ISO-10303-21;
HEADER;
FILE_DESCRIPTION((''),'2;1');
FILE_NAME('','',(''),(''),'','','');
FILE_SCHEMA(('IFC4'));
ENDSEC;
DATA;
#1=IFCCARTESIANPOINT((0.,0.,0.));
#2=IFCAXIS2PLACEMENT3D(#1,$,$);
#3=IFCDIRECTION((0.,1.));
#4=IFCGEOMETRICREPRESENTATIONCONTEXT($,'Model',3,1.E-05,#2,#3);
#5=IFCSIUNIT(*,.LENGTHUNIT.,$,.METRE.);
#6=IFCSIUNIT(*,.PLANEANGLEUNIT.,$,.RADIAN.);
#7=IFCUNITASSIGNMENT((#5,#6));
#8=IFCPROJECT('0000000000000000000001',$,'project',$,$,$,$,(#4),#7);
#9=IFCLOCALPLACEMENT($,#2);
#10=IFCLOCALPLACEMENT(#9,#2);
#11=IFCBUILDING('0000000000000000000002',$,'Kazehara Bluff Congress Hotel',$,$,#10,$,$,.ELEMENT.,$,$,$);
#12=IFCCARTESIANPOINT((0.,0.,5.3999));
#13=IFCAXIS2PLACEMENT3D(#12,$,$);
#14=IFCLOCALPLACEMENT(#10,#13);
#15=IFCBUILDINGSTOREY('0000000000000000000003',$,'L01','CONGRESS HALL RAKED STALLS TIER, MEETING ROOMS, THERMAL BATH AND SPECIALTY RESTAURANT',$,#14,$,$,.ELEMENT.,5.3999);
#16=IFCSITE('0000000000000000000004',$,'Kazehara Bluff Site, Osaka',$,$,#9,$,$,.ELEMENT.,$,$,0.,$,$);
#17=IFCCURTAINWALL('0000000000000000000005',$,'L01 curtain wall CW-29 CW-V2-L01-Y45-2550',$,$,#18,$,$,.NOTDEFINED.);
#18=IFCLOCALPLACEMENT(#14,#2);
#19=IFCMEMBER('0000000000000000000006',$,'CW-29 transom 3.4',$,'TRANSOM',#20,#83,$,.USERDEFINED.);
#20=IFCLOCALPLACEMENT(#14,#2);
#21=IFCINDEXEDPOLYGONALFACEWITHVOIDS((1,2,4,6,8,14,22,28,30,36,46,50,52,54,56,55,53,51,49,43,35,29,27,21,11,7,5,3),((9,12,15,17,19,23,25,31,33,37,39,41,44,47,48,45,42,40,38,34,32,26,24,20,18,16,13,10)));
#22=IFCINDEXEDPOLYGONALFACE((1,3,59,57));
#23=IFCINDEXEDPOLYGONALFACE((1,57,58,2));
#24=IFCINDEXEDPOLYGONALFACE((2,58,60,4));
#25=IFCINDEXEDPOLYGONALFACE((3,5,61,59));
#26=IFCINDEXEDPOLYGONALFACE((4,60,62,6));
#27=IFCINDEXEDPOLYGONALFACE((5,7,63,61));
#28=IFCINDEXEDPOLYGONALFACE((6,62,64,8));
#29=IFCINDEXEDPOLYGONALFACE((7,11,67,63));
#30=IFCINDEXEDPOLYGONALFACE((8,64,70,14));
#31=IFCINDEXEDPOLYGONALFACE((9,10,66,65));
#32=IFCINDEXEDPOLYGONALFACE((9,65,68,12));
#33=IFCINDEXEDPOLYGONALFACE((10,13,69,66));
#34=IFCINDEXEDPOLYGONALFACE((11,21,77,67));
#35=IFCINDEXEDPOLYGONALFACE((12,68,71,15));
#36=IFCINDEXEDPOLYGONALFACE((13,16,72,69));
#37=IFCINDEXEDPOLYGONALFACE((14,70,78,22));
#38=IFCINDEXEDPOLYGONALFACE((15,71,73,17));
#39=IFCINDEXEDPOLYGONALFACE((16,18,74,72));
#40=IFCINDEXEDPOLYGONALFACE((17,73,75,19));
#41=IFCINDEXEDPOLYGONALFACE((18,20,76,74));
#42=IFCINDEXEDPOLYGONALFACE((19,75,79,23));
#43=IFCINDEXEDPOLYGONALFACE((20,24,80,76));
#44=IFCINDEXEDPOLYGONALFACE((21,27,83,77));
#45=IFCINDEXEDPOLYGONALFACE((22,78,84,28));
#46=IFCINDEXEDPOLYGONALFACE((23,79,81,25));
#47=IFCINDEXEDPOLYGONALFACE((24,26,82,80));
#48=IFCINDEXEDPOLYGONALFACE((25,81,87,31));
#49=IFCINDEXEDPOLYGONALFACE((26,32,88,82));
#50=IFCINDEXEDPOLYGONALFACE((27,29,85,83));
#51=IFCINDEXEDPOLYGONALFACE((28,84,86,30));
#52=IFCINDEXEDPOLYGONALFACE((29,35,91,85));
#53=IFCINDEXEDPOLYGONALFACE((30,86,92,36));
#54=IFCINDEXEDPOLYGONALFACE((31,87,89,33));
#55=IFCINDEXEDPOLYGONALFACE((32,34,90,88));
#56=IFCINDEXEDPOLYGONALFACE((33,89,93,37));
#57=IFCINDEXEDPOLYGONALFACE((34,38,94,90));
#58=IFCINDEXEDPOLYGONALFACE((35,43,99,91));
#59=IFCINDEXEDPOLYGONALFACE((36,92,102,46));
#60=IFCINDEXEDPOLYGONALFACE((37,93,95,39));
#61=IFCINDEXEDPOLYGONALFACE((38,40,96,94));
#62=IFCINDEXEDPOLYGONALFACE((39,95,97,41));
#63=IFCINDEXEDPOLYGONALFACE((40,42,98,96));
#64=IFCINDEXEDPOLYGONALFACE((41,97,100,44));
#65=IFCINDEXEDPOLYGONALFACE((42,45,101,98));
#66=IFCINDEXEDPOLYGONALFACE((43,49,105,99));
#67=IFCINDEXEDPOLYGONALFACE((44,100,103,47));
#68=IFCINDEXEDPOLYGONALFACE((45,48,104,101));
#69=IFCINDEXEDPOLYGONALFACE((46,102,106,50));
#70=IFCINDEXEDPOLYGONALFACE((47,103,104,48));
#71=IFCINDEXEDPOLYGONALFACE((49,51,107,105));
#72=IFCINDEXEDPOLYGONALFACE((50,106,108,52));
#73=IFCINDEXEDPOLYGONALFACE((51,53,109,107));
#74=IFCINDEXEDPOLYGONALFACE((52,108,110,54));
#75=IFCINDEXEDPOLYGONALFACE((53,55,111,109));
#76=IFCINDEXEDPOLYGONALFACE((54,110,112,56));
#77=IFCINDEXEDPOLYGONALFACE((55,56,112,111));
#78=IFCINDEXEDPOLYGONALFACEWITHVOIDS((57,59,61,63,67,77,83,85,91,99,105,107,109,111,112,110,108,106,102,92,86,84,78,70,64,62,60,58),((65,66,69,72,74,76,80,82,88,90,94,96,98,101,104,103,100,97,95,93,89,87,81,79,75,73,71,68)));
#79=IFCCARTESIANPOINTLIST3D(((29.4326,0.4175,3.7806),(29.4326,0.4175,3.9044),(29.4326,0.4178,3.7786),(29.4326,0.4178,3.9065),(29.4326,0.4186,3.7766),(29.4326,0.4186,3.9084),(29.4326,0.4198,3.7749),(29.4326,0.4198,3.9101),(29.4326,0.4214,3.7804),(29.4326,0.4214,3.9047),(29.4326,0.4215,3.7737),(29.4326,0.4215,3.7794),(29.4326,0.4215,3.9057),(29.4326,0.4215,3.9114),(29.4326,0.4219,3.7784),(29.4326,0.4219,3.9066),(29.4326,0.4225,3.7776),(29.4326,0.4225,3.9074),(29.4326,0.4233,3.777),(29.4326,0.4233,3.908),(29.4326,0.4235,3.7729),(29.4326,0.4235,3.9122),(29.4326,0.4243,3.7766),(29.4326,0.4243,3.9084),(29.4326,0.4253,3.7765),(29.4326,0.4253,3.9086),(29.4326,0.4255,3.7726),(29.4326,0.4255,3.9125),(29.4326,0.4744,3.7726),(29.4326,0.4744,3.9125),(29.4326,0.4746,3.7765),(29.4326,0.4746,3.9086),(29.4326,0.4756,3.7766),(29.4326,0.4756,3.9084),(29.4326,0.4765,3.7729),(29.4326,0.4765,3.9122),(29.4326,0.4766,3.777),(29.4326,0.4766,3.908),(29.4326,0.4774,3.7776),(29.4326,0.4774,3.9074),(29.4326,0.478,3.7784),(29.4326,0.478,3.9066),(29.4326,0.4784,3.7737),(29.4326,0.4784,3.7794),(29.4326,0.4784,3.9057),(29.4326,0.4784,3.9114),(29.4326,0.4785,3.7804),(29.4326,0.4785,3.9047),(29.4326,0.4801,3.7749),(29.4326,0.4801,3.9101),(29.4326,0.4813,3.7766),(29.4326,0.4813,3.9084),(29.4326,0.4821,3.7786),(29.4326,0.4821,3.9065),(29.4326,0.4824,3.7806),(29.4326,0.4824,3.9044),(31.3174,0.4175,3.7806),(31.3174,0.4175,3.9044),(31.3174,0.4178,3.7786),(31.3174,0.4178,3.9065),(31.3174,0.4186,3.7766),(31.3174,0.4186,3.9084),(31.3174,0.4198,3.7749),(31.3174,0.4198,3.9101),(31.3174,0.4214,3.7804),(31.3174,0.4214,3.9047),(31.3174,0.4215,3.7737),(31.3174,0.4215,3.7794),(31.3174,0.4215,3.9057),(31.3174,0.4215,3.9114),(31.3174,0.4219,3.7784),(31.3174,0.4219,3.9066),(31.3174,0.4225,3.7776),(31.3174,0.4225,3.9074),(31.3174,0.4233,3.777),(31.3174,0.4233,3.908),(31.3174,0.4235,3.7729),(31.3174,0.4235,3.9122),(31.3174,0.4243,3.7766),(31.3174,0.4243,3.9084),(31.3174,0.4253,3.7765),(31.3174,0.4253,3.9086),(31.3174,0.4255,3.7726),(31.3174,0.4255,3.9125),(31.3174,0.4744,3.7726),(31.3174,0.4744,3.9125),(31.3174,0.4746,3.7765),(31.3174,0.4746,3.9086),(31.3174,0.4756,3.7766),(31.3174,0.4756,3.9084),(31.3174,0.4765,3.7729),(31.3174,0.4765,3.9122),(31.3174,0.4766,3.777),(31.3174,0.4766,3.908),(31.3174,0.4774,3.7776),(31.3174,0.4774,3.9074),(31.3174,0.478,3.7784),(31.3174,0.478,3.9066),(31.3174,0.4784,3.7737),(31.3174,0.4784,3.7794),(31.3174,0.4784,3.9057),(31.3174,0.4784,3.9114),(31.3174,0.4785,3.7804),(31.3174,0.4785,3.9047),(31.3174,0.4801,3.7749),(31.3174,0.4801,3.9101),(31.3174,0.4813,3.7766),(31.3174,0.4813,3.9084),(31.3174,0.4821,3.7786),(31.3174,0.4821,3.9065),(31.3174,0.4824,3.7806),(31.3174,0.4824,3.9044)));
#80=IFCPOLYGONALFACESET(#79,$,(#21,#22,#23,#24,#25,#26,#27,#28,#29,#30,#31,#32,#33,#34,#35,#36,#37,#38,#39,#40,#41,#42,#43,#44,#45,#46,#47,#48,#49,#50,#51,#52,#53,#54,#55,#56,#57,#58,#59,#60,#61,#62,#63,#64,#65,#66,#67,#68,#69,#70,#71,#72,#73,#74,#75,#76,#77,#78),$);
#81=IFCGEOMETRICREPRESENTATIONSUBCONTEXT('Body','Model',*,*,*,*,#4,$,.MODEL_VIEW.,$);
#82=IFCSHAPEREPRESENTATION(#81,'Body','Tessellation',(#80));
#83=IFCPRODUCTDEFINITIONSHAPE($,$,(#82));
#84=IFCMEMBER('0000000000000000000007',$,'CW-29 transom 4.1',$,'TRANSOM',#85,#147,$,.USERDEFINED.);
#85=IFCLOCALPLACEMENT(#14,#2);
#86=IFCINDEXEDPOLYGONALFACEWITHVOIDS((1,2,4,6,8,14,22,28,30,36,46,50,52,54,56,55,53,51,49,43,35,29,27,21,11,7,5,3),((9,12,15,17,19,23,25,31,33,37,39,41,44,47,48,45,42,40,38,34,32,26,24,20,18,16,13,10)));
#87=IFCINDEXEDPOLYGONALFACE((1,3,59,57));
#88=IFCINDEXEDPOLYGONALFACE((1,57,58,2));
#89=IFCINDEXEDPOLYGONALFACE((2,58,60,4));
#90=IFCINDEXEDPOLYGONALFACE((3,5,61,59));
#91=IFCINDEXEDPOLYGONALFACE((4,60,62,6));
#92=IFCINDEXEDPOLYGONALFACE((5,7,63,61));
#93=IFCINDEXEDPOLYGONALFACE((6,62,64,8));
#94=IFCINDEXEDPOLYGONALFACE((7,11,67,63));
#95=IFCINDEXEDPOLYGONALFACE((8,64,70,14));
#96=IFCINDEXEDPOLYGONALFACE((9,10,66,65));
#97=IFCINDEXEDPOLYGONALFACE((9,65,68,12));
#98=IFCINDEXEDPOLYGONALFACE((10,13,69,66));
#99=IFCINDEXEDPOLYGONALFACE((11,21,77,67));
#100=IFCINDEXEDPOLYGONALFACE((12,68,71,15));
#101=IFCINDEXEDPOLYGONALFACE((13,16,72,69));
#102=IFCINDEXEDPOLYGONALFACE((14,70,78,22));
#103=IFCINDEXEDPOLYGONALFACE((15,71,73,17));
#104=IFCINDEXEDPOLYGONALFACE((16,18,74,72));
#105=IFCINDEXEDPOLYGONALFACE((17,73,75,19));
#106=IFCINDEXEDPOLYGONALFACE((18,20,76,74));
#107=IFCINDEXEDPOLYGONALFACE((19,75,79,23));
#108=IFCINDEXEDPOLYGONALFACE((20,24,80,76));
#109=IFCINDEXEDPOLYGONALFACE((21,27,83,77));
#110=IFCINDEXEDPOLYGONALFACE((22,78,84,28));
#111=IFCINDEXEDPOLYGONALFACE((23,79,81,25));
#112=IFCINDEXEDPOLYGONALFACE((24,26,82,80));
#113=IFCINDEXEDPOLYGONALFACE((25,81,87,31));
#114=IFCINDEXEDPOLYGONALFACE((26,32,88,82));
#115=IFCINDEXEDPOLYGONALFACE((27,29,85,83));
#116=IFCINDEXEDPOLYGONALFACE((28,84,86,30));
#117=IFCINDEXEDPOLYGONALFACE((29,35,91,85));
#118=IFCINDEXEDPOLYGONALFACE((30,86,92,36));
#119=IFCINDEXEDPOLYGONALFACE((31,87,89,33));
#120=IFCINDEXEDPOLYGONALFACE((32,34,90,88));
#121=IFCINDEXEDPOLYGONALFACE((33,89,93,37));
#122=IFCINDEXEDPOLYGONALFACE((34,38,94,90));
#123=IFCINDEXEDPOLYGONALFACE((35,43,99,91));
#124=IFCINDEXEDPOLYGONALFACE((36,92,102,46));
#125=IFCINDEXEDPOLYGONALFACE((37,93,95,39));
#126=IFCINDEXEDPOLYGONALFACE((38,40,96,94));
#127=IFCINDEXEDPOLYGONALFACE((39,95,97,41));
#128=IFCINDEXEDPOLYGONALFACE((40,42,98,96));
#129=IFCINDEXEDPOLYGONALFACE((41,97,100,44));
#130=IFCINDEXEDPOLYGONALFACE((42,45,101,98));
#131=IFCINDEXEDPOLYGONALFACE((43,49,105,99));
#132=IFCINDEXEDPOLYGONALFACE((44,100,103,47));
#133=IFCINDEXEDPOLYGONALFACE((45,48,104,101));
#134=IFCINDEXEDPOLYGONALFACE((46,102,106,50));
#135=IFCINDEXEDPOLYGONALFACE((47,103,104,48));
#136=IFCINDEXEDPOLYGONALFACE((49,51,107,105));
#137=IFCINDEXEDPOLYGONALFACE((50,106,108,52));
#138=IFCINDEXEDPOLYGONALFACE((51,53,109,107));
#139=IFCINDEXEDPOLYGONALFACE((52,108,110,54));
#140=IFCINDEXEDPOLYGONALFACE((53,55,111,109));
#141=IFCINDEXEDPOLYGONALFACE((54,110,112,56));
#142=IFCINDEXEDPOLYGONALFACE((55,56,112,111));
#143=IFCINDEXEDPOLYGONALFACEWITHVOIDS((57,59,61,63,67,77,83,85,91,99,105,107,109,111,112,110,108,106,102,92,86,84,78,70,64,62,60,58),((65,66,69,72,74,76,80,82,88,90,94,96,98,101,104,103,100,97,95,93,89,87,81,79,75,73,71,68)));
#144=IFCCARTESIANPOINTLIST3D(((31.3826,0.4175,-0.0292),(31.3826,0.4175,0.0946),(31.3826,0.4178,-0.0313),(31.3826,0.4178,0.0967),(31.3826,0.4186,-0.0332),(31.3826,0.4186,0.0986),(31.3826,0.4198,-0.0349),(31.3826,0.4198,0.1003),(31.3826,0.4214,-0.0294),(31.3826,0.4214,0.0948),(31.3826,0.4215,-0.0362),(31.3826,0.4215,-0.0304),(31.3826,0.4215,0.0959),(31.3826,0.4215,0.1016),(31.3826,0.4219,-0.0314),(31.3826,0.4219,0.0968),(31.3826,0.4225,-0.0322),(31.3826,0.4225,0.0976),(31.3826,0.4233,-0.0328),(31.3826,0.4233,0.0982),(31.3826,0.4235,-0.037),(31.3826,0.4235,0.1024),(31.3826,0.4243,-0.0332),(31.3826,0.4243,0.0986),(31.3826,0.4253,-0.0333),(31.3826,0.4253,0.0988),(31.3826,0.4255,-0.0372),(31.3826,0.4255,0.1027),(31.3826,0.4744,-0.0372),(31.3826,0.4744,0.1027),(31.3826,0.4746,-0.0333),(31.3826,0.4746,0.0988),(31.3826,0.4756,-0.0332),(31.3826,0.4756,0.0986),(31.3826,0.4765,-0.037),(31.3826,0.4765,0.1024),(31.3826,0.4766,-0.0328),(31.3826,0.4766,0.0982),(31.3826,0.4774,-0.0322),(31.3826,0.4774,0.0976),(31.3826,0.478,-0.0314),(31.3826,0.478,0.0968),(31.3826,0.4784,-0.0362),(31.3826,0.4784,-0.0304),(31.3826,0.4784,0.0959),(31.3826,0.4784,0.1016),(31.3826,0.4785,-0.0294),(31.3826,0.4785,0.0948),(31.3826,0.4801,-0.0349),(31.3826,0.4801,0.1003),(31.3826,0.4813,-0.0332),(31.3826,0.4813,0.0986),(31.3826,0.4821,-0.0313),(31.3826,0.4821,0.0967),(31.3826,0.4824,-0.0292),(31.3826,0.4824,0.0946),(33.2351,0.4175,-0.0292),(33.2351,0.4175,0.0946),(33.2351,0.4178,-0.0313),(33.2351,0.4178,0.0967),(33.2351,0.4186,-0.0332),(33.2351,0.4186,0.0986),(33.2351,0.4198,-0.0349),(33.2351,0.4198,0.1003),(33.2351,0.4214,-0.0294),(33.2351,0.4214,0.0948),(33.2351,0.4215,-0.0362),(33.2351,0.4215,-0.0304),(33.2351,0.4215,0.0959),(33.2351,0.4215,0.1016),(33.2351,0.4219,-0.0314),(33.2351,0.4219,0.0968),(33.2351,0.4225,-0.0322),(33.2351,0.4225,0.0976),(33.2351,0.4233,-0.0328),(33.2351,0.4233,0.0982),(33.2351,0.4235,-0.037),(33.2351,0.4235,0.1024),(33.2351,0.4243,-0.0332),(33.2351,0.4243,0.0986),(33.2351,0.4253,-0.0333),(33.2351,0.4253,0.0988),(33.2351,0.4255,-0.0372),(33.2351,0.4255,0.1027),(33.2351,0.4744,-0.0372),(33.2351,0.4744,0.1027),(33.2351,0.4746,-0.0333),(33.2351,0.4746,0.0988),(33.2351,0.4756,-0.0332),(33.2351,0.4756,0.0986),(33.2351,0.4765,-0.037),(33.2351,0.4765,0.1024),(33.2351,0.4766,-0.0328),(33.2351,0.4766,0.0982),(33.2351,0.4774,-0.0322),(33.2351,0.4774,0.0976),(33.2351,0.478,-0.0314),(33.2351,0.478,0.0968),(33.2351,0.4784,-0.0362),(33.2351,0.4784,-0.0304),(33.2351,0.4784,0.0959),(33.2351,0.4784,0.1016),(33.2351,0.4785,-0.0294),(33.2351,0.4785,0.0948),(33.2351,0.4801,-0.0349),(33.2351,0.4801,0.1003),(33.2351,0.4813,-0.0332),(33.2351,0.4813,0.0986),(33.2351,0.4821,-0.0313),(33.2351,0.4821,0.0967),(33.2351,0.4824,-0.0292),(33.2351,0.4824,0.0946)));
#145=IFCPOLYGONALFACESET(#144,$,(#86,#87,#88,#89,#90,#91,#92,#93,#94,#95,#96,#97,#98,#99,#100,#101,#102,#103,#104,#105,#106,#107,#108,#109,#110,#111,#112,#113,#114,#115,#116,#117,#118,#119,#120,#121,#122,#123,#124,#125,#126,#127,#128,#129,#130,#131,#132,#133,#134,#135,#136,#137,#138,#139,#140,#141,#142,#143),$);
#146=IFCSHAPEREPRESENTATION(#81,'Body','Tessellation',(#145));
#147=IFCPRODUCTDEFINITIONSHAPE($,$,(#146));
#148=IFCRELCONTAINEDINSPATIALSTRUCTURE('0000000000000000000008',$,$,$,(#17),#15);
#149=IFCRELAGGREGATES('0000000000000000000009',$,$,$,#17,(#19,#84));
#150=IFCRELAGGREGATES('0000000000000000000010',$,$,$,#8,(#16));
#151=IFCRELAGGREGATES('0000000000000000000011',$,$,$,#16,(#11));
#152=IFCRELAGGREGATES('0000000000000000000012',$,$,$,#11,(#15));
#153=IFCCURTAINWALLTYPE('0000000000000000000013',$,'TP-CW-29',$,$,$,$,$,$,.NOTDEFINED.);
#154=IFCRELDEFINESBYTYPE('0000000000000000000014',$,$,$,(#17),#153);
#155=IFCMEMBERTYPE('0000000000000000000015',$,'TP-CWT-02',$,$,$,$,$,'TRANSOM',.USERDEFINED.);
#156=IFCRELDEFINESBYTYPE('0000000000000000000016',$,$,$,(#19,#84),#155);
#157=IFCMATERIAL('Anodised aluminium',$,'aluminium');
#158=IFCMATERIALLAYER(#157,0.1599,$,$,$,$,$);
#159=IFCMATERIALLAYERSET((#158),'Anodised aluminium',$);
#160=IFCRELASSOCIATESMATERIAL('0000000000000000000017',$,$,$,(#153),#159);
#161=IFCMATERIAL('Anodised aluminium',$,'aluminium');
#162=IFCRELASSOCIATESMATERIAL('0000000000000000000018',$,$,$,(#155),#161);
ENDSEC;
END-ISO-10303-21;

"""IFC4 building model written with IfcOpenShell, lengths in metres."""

from ifc_helpers import new_model, si_unit, direction, frame, origin, origin_2d, place, context, subcontext, project, spatial, hollow_rectangle, extrude, material, layer, layer_set, material_profile, profile_set, type_object, element, aggregate, save


model = new_model("IFC4")

# Units and contexts
model_context = context("Model", 3, precision=1e-05, world=origin(), true_north=direction((0.0, 1.0)))
body_context = subcontext(model_context, "Body", "Model", "MODEL_VIEW")
ifc_project = project(units=[si_unit("LENGTHUNIT", "METRE"), si_unit("PLANEANGLEUNIT", "RADIAN")], contexts=[model_context])

# Site, building, storey
site_placement = place(None, origin())
site = spatial("IfcSite", under=ifc_project, at=site_placement, Name="Kazehara Bluff Site, Osaka", CompositionType="ELEMENT", RefElevation=0.0)
building_placement = place(site_placement, origin())
building = spatial("IfcBuilding", under=site, at=building_placement, Name="Kazehara Bluff Congress Hotel", CompositionType="ELEMENT")
storey_placement = place(building_placement, frame((0.0, 0.0, 5.3999)))
storey = spatial("IfcBuildingStorey", under=building, at=storey_placement, Name="L01", Description="CONGRESS HALL RAKED STALLS TIER, MEETING ROOMS, THERMAL BATH AND SPECIALTY RESTAURANT", CompositionType="ELEMENT", Elevation=5.3999)

# Curtain wall, members
ifc_material_1 = material(Name="Anodised aluminium", Category="aluminium")
ifc_layer_1 = layer(ifc_material_1, 0.1599)
ifc_layer_set_1 = layer_set([ifc_layer_1], Name="Anodised aluminium")
curtain_wall_type = type_object("IfcCurtainWallType", Name="TP-CW-29", PredefinedType="NOTDEFINED", material=ifc_layer_set_1)
curtain_wall_placement = place(storey_placement, origin())
curtain_wall = element("IfcCurtainWall", 1, at=curtain_wall_placement, inside=storey, type_object=curtain_wall_type, Name="L01 curtain wall CW-29 CW-V2-L01-Y45-2550", PredefinedType="NOTDEFINED")
ifc_material_2 = material(Name="Anodised aluminium", Category="aluminium")
ifc_material_profile_1 = material_profile(ifc_material_2, hollow_rectangle(XDim=0.0649, YDim=0.1399, WallThickness=0.0039, InnerFilletRadius=0.0039, OuterFilletRadius=0.0081, at=origin_2d()))
ifc_profile_set_1 = profile_set([ifc_material_profile_1], Name="Anodised aluminium")
member_type_1 = type_object("IfcMemberType", Name="TP-CWT-02", ElementType="TRANSOM", PredefinedType="USERDEFINED", material=ifc_profile_set_1)
member_1_placement = place(storey_placement, frame((29.4326, 0.45, 3.8425), z_axis=(1.0, 0.0, 0.0), x_axis=(0.0, 1.0, 0.0)))
member_1 = element("IfcMember", 2, at=member_1_placement, type_object=member_type_1, Name="CW-29 transom 3.4", ObjectType="TRANSOM", PredefinedType="USERDEFINED", context=body_context, shape_type="SweptSolid", body=[
    extrude(hollow_rectangle(XDim=0.0649, YDim=0.1399, WallThickness=0.0039, InnerFilletRadius=0.0039, OuterFilletRadius=0.0081, at=origin_2d()), origin(), (0.0, 0.0, 1.0), 1.8848),
])
member_2_placement = place(storey_placement, frame((31.3826, 0.45, 0.0327), z_axis=(1.0, 0.0, 0.0), x_axis=(0.0, 1.0, 0.0)))
member_2 = element("IfcMember", 3, at=member_2_placement, type_object=member_type_1, Name="CW-29 transom 4.1", ObjectType="TRANSOM", PredefinedType="USERDEFINED", context=body_context, shape_type="SweptSolid", body=[
    extrude(hollow_rectangle(XDim=0.0649, YDim=0.1399, WallThickness=0.0039, InnerFilletRadius=0.0039, OuterFilletRadius=0.0081, at=origin_2d()), origin(), (0.0, 0.0, 1.0), 1.8525),
])
aggregate(curtain_wall, [member_1, member_2])

save(model, "model.ifc")
